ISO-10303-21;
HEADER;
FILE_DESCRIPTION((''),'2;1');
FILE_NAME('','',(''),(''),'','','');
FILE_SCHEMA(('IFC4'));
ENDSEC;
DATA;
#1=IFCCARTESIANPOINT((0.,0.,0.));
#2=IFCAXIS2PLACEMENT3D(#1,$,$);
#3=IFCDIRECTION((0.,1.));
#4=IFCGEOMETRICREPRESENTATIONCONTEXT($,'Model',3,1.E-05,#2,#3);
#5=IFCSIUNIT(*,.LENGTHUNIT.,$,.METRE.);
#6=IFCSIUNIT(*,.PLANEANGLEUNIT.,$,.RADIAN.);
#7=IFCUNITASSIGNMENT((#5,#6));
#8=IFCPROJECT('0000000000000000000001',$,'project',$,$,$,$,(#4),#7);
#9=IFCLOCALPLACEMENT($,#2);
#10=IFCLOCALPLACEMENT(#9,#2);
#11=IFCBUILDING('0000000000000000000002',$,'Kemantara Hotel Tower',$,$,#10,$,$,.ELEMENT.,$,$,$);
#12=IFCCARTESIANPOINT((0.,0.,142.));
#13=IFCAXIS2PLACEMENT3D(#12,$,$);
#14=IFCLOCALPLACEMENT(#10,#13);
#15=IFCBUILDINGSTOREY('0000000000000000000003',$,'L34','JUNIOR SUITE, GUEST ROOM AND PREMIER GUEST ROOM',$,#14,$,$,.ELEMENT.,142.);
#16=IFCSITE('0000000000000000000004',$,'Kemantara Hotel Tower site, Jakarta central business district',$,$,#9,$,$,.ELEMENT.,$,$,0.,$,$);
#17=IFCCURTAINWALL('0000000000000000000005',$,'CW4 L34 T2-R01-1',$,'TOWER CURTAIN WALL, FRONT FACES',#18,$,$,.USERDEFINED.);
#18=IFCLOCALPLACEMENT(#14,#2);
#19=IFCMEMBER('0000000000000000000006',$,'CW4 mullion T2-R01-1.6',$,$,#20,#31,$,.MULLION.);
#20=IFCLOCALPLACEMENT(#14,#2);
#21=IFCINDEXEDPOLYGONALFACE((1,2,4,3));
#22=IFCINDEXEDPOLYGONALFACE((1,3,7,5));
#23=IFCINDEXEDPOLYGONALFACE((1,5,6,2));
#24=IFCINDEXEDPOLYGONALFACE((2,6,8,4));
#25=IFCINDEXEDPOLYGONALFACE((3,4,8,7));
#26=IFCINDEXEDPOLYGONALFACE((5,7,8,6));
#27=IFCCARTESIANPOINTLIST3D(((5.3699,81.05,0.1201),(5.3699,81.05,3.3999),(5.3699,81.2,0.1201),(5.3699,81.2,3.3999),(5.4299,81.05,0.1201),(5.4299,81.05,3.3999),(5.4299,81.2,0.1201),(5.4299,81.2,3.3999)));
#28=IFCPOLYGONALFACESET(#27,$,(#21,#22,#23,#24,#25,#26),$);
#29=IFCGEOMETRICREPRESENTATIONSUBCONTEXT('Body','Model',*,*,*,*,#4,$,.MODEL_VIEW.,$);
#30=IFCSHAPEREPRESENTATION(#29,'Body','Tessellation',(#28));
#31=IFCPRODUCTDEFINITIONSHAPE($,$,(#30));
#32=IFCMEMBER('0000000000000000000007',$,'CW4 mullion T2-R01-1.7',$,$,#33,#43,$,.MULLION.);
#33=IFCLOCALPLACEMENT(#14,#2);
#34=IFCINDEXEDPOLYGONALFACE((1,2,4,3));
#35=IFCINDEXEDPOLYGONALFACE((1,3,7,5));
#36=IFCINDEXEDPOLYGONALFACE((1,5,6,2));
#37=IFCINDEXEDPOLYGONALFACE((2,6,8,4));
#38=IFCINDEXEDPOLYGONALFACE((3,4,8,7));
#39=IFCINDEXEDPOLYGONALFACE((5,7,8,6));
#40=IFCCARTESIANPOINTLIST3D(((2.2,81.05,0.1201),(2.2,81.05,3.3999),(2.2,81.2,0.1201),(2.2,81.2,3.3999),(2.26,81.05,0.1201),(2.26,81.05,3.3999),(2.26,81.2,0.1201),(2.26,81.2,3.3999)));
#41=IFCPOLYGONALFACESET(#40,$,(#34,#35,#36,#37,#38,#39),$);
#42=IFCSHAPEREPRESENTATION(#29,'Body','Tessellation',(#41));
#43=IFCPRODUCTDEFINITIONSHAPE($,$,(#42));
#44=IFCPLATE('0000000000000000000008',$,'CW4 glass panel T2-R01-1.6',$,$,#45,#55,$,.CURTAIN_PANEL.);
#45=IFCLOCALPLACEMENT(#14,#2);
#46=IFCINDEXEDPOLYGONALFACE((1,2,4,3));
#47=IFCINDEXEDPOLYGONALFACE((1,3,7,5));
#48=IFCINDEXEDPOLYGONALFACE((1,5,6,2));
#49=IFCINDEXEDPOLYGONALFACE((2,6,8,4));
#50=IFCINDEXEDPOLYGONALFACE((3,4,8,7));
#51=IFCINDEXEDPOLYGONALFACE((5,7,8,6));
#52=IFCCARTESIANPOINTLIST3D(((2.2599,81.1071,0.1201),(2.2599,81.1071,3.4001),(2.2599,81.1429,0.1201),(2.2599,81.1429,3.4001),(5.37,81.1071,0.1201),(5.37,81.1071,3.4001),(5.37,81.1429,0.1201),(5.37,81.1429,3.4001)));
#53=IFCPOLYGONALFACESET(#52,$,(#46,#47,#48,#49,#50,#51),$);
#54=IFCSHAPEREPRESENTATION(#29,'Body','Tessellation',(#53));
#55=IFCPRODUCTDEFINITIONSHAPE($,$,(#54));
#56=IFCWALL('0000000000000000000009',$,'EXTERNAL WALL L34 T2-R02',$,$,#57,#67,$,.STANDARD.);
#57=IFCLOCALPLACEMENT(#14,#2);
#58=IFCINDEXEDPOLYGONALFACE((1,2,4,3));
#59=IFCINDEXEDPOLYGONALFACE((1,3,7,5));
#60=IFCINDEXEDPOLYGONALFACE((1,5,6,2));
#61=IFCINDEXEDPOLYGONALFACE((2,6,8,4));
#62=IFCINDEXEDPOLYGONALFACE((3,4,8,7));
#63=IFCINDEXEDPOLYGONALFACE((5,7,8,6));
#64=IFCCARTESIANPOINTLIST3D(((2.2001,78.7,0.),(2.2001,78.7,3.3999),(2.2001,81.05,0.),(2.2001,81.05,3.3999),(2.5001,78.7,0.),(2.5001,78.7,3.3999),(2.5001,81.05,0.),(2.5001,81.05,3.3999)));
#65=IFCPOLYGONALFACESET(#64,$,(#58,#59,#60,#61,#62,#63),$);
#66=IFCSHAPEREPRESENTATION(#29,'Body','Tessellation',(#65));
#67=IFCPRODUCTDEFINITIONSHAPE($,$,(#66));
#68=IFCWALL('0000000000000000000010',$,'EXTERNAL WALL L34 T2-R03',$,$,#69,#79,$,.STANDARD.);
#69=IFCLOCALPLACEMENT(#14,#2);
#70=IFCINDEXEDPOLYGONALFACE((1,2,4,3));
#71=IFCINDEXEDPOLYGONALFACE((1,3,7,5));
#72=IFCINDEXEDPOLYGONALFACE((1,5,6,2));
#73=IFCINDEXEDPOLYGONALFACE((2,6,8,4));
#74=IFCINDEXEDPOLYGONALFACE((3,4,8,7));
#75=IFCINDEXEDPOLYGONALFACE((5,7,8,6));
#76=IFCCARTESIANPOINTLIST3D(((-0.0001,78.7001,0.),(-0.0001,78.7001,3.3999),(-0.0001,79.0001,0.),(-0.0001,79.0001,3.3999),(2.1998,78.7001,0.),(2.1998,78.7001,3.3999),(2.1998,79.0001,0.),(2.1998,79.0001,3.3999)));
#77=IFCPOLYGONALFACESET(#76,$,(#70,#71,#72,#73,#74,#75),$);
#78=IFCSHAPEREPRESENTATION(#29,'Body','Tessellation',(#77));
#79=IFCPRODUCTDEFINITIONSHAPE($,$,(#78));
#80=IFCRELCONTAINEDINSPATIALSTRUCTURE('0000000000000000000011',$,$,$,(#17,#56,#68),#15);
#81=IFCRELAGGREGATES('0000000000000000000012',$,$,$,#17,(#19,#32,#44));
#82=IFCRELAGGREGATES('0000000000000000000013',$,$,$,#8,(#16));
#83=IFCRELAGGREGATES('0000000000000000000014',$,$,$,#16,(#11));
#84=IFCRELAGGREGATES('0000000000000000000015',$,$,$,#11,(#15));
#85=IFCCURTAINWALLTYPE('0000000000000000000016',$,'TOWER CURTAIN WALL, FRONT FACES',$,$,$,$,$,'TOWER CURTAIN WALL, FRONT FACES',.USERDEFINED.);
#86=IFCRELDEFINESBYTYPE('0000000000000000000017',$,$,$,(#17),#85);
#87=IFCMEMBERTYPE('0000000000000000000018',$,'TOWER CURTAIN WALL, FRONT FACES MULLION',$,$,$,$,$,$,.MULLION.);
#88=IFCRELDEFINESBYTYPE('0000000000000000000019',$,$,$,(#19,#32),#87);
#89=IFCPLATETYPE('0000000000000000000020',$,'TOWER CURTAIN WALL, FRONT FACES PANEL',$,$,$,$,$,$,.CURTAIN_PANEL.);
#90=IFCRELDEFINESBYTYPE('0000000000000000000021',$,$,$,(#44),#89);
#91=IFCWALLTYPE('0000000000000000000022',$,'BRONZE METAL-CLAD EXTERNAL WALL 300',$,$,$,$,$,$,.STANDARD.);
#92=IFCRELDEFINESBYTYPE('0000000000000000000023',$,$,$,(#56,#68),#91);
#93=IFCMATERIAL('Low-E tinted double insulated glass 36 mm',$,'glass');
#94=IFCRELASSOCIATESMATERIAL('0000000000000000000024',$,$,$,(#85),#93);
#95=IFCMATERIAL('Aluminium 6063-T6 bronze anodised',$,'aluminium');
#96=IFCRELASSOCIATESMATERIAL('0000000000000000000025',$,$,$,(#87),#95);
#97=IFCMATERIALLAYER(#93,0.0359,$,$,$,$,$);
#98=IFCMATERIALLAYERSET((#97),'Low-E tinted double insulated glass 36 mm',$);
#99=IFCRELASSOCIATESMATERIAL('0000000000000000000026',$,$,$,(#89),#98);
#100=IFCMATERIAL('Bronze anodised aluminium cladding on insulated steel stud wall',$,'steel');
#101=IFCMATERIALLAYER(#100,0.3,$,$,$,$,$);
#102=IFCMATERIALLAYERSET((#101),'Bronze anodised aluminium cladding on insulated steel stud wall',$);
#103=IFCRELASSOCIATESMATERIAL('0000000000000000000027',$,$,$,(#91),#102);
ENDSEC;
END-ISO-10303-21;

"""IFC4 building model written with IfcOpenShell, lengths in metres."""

from ifc_helpers import new_model, si_unit, direction, frame, frame_2d, origin, origin_2d, place, context, subcontext, project, spatial, rectangle, extrude, source, transform, mapped, material, layer, layer_set, material_profile, profile_set, type_object, element, aggregate, save


model = new_model("IFC4")

# Units and contexts
model_context = context("Model", 3, precision=1e-05, world=origin(), true_north=direction((0.0, 1.0)))
body_context = subcontext(model_context, "Body", "Model", "MODEL_VIEW")
ifc_project = project(units=[si_unit("LENGTHUNIT", "METRE"), si_unit("PLANEANGLEUNIT", "RADIAN")], contexts=[model_context])

# Site, building, storey
site_placement = place(None, origin())
site = spatial("IfcSite", under=ifc_project, at=site_placement, Name="Kemantara Hotel Tower site, Jakarta central business district", CompositionType="ELEMENT", RefElevation=0.0)
building_placement = place(site_placement, origin())
building = spatial("IfcBuilding", under=site, at=building_placement, Name="Kemantara Hotel Tower", CompositionType="ELEMENT")
storey_placement = place(building_placement, frame((0.0, 0.0, 142.0)))
storey = spatial("IfcBuildingStorey", under=building, at=storey_placement, Name="L34", Description="JUNIOR SUITE, GUEST ROOM AND PREMIER GUEST ROOM", CompositionType="ELEMENT", Elevation=142.0)

# Curtain wall, members, plate
ifc_material_1 = material(Name="Low-E tinted double insulated glass 36 mm", Category="glass")
curtain_wall_type = type_object("IfcCurtainWallType", Name="TOWER CURTAIN WALL, FRONT FACES", ElementType="TOWER CURTAIN WALL, FRONT FACES", PredefinedType="USERDEFINED", material=ifc_material_1)
curtain_wall_placement = place(storey_placement, origin())
curtain_wall = element("IfcCurtainWall", 1, at=curtain_wall_placement, inside=storey, type_object=curtain_wall_type, Name="CW4 L34 T2-R01-1", ObjectType="TOWER CURTAIN WALL, FRONT FACES", PredefinedType="USERDEFINED")
ifc_material_2 = material(Name="Aluminium 6063-T6 bronze anodised", Category="aluminium")
ifc_material_profile = material_profile(ifc_material_2, rectangle(XDim=0.1499, YDim=0.0601, at=origin_2d()), Name="TOWER CURTAIN WALL, FRONT FACES MULLION")
ifc_profile_set = profile_set([ifc_material_profile], Name="Aluminium 6063-T6 bronze anodised")
member_type = type_object("IfcMemberType", Name="TOWER CURTAIN WALL, FRONT FACES MULLION", PredefinedType="MULLION", material=ifc_profile_set)
shared_shape_1 = source(origin(), body_context, "Body", "SweptSolid", [
    extrude(rectangle(XDim=0.1499, YDim=0.0601, at=origin_2d()), origin(), (0.0, 0.0, 1.0), 3.2798),
])
member_1_placement = place(storey_placement, frame((5.3999, 81.125, 0.1201), z_axis=(0.0, 0.0, 1.0), x_axis=(0.0, -1.0, 0.0)))
member_1 = element("IfcMember", 2, at=member_1_placement, type_object=member_type, Name="CW4 mullion T2-R01-1.6", PredefinedType="MULLION", context=body_context, shape_type="MappedRepresentation", body=[
    mapped(shared_shape_1, transform((0.0, 0.0, 0.0))),
])
member_2_placement = place(storey_placement, frame((2.23, 81.125, 0.1201), z_axis=(0.0, 0.0, 1.0), x_axis=(0.0, -1.0, 0.0)))
member_2 = element("IfcMember", 3, at=member_2_placement, type_object=member_type, Name="CW4 mullion T2-R01-1.7", PredefinedType="MULLION", context=body_context, shape_type="MappedRepresentation", body=[
    mapped(shared_shape_1, transform((0.0, 0.0, 0.0))),
])
ifc_layer_1 = layer(ifc_material_1, 0.0359)
ifc_layer_set_1 = layer_set([ifc_layer_1], Name="Low-E tinted double insulated glass 36 mm")
plate_type = type_object("IfcPlateType", Name="TOWER CURTAIN WALL, FRONT FACES PANEL", PredefinedType="CURTAIN_PANEL", material=ifc_layer_set_1)
shared_shape_2 = source(origin(), body_context, "Body", "SweptSolid", [
    extrude(rectangle(XDim=3.1101, YDim=0.0359, at=origin_2d()), origin(), (0.0, 0.0, 1.0), 3.28),
])
plate_placement = place(storey_placement, frame((3.8149, 81.125, 0.1201), z_axis=(0.0, 0.0, 1.0), x_axis=(-1.0, 0.0, 0.0)))
plate = element("IfcPlate", 4, at=plate_placement, type_object=plate_type, Name="CW4 glass panel T2-R01-1.6", PredefinedType="CURTAIN_PANEL", context=body_context, shape_type="MappedRepresentation", body=[
    mapped(shared_shape_2, transform((0.0, 0.0, 0.0))),
])
aggregate(curtain_wall, [member_1, member_2, plate])

# Walls
ifc_material_3 = material(Name="Bronze anodised aluminium cladding on insulated steel stud wall", Category="steel")
ifc_layer_2 = layer(ifc_material_3, 0.3)
ifc_layer_set_2 = layer_set([ifc_layer_2], Name="Bronze anodised aluminium cladding on insulated steel stud wall")
wall_type = type_object("IfcWallType", Name="BRONZE METAL-CLAD EXTERNAL WALL 300", PredefinedType="STANDARD", material=ifc_layer_set_2)
wall_1_placement = place(storey_placement, frame((2.3501, 81.05, 0.0), z_axis=(0.0, 0.0, 1.0), x_axis=(0.0, -1.0, 0.0)))
element("IfcWall", 5, at=wall_1_placement, inside=storey, type_object=wall_type, Name="EXTERNAL WALL L34 T2-R02", PredefinedType="STANDARD", context=body_context, shape_type="SweptSolid", body=[
    extrude(rectangle(XDim=2.3501, YDim=0.3, at=frame_2d((1.175, 0.0))), origin(), (0.0, 0.0, 1.0), 3.3999),
])
wall_2_placement = place(storey_placement, frame((2.2, 78.8501, 0.0), z_axis=(0.0, 0.0, 1.0), x_axis=(-1.0, 0.0, 0.0)))
element("IfcWall", 6, at=wall_2_placement, inside=storey, type_object=wall_type, Name="EXTERNAL WALL L34 T2-R03", PredefinedType="STANDARD", context=body_context, shape_type="SweptSolid", body=[
    extrude(rectangle(XDim=2.2, YDim=0.3, at=frame_2d((1.1001, 0.0))), origin(), (0.0, 0.0, 1.0), 3.3999),
])

save(model, "model.ifc")
